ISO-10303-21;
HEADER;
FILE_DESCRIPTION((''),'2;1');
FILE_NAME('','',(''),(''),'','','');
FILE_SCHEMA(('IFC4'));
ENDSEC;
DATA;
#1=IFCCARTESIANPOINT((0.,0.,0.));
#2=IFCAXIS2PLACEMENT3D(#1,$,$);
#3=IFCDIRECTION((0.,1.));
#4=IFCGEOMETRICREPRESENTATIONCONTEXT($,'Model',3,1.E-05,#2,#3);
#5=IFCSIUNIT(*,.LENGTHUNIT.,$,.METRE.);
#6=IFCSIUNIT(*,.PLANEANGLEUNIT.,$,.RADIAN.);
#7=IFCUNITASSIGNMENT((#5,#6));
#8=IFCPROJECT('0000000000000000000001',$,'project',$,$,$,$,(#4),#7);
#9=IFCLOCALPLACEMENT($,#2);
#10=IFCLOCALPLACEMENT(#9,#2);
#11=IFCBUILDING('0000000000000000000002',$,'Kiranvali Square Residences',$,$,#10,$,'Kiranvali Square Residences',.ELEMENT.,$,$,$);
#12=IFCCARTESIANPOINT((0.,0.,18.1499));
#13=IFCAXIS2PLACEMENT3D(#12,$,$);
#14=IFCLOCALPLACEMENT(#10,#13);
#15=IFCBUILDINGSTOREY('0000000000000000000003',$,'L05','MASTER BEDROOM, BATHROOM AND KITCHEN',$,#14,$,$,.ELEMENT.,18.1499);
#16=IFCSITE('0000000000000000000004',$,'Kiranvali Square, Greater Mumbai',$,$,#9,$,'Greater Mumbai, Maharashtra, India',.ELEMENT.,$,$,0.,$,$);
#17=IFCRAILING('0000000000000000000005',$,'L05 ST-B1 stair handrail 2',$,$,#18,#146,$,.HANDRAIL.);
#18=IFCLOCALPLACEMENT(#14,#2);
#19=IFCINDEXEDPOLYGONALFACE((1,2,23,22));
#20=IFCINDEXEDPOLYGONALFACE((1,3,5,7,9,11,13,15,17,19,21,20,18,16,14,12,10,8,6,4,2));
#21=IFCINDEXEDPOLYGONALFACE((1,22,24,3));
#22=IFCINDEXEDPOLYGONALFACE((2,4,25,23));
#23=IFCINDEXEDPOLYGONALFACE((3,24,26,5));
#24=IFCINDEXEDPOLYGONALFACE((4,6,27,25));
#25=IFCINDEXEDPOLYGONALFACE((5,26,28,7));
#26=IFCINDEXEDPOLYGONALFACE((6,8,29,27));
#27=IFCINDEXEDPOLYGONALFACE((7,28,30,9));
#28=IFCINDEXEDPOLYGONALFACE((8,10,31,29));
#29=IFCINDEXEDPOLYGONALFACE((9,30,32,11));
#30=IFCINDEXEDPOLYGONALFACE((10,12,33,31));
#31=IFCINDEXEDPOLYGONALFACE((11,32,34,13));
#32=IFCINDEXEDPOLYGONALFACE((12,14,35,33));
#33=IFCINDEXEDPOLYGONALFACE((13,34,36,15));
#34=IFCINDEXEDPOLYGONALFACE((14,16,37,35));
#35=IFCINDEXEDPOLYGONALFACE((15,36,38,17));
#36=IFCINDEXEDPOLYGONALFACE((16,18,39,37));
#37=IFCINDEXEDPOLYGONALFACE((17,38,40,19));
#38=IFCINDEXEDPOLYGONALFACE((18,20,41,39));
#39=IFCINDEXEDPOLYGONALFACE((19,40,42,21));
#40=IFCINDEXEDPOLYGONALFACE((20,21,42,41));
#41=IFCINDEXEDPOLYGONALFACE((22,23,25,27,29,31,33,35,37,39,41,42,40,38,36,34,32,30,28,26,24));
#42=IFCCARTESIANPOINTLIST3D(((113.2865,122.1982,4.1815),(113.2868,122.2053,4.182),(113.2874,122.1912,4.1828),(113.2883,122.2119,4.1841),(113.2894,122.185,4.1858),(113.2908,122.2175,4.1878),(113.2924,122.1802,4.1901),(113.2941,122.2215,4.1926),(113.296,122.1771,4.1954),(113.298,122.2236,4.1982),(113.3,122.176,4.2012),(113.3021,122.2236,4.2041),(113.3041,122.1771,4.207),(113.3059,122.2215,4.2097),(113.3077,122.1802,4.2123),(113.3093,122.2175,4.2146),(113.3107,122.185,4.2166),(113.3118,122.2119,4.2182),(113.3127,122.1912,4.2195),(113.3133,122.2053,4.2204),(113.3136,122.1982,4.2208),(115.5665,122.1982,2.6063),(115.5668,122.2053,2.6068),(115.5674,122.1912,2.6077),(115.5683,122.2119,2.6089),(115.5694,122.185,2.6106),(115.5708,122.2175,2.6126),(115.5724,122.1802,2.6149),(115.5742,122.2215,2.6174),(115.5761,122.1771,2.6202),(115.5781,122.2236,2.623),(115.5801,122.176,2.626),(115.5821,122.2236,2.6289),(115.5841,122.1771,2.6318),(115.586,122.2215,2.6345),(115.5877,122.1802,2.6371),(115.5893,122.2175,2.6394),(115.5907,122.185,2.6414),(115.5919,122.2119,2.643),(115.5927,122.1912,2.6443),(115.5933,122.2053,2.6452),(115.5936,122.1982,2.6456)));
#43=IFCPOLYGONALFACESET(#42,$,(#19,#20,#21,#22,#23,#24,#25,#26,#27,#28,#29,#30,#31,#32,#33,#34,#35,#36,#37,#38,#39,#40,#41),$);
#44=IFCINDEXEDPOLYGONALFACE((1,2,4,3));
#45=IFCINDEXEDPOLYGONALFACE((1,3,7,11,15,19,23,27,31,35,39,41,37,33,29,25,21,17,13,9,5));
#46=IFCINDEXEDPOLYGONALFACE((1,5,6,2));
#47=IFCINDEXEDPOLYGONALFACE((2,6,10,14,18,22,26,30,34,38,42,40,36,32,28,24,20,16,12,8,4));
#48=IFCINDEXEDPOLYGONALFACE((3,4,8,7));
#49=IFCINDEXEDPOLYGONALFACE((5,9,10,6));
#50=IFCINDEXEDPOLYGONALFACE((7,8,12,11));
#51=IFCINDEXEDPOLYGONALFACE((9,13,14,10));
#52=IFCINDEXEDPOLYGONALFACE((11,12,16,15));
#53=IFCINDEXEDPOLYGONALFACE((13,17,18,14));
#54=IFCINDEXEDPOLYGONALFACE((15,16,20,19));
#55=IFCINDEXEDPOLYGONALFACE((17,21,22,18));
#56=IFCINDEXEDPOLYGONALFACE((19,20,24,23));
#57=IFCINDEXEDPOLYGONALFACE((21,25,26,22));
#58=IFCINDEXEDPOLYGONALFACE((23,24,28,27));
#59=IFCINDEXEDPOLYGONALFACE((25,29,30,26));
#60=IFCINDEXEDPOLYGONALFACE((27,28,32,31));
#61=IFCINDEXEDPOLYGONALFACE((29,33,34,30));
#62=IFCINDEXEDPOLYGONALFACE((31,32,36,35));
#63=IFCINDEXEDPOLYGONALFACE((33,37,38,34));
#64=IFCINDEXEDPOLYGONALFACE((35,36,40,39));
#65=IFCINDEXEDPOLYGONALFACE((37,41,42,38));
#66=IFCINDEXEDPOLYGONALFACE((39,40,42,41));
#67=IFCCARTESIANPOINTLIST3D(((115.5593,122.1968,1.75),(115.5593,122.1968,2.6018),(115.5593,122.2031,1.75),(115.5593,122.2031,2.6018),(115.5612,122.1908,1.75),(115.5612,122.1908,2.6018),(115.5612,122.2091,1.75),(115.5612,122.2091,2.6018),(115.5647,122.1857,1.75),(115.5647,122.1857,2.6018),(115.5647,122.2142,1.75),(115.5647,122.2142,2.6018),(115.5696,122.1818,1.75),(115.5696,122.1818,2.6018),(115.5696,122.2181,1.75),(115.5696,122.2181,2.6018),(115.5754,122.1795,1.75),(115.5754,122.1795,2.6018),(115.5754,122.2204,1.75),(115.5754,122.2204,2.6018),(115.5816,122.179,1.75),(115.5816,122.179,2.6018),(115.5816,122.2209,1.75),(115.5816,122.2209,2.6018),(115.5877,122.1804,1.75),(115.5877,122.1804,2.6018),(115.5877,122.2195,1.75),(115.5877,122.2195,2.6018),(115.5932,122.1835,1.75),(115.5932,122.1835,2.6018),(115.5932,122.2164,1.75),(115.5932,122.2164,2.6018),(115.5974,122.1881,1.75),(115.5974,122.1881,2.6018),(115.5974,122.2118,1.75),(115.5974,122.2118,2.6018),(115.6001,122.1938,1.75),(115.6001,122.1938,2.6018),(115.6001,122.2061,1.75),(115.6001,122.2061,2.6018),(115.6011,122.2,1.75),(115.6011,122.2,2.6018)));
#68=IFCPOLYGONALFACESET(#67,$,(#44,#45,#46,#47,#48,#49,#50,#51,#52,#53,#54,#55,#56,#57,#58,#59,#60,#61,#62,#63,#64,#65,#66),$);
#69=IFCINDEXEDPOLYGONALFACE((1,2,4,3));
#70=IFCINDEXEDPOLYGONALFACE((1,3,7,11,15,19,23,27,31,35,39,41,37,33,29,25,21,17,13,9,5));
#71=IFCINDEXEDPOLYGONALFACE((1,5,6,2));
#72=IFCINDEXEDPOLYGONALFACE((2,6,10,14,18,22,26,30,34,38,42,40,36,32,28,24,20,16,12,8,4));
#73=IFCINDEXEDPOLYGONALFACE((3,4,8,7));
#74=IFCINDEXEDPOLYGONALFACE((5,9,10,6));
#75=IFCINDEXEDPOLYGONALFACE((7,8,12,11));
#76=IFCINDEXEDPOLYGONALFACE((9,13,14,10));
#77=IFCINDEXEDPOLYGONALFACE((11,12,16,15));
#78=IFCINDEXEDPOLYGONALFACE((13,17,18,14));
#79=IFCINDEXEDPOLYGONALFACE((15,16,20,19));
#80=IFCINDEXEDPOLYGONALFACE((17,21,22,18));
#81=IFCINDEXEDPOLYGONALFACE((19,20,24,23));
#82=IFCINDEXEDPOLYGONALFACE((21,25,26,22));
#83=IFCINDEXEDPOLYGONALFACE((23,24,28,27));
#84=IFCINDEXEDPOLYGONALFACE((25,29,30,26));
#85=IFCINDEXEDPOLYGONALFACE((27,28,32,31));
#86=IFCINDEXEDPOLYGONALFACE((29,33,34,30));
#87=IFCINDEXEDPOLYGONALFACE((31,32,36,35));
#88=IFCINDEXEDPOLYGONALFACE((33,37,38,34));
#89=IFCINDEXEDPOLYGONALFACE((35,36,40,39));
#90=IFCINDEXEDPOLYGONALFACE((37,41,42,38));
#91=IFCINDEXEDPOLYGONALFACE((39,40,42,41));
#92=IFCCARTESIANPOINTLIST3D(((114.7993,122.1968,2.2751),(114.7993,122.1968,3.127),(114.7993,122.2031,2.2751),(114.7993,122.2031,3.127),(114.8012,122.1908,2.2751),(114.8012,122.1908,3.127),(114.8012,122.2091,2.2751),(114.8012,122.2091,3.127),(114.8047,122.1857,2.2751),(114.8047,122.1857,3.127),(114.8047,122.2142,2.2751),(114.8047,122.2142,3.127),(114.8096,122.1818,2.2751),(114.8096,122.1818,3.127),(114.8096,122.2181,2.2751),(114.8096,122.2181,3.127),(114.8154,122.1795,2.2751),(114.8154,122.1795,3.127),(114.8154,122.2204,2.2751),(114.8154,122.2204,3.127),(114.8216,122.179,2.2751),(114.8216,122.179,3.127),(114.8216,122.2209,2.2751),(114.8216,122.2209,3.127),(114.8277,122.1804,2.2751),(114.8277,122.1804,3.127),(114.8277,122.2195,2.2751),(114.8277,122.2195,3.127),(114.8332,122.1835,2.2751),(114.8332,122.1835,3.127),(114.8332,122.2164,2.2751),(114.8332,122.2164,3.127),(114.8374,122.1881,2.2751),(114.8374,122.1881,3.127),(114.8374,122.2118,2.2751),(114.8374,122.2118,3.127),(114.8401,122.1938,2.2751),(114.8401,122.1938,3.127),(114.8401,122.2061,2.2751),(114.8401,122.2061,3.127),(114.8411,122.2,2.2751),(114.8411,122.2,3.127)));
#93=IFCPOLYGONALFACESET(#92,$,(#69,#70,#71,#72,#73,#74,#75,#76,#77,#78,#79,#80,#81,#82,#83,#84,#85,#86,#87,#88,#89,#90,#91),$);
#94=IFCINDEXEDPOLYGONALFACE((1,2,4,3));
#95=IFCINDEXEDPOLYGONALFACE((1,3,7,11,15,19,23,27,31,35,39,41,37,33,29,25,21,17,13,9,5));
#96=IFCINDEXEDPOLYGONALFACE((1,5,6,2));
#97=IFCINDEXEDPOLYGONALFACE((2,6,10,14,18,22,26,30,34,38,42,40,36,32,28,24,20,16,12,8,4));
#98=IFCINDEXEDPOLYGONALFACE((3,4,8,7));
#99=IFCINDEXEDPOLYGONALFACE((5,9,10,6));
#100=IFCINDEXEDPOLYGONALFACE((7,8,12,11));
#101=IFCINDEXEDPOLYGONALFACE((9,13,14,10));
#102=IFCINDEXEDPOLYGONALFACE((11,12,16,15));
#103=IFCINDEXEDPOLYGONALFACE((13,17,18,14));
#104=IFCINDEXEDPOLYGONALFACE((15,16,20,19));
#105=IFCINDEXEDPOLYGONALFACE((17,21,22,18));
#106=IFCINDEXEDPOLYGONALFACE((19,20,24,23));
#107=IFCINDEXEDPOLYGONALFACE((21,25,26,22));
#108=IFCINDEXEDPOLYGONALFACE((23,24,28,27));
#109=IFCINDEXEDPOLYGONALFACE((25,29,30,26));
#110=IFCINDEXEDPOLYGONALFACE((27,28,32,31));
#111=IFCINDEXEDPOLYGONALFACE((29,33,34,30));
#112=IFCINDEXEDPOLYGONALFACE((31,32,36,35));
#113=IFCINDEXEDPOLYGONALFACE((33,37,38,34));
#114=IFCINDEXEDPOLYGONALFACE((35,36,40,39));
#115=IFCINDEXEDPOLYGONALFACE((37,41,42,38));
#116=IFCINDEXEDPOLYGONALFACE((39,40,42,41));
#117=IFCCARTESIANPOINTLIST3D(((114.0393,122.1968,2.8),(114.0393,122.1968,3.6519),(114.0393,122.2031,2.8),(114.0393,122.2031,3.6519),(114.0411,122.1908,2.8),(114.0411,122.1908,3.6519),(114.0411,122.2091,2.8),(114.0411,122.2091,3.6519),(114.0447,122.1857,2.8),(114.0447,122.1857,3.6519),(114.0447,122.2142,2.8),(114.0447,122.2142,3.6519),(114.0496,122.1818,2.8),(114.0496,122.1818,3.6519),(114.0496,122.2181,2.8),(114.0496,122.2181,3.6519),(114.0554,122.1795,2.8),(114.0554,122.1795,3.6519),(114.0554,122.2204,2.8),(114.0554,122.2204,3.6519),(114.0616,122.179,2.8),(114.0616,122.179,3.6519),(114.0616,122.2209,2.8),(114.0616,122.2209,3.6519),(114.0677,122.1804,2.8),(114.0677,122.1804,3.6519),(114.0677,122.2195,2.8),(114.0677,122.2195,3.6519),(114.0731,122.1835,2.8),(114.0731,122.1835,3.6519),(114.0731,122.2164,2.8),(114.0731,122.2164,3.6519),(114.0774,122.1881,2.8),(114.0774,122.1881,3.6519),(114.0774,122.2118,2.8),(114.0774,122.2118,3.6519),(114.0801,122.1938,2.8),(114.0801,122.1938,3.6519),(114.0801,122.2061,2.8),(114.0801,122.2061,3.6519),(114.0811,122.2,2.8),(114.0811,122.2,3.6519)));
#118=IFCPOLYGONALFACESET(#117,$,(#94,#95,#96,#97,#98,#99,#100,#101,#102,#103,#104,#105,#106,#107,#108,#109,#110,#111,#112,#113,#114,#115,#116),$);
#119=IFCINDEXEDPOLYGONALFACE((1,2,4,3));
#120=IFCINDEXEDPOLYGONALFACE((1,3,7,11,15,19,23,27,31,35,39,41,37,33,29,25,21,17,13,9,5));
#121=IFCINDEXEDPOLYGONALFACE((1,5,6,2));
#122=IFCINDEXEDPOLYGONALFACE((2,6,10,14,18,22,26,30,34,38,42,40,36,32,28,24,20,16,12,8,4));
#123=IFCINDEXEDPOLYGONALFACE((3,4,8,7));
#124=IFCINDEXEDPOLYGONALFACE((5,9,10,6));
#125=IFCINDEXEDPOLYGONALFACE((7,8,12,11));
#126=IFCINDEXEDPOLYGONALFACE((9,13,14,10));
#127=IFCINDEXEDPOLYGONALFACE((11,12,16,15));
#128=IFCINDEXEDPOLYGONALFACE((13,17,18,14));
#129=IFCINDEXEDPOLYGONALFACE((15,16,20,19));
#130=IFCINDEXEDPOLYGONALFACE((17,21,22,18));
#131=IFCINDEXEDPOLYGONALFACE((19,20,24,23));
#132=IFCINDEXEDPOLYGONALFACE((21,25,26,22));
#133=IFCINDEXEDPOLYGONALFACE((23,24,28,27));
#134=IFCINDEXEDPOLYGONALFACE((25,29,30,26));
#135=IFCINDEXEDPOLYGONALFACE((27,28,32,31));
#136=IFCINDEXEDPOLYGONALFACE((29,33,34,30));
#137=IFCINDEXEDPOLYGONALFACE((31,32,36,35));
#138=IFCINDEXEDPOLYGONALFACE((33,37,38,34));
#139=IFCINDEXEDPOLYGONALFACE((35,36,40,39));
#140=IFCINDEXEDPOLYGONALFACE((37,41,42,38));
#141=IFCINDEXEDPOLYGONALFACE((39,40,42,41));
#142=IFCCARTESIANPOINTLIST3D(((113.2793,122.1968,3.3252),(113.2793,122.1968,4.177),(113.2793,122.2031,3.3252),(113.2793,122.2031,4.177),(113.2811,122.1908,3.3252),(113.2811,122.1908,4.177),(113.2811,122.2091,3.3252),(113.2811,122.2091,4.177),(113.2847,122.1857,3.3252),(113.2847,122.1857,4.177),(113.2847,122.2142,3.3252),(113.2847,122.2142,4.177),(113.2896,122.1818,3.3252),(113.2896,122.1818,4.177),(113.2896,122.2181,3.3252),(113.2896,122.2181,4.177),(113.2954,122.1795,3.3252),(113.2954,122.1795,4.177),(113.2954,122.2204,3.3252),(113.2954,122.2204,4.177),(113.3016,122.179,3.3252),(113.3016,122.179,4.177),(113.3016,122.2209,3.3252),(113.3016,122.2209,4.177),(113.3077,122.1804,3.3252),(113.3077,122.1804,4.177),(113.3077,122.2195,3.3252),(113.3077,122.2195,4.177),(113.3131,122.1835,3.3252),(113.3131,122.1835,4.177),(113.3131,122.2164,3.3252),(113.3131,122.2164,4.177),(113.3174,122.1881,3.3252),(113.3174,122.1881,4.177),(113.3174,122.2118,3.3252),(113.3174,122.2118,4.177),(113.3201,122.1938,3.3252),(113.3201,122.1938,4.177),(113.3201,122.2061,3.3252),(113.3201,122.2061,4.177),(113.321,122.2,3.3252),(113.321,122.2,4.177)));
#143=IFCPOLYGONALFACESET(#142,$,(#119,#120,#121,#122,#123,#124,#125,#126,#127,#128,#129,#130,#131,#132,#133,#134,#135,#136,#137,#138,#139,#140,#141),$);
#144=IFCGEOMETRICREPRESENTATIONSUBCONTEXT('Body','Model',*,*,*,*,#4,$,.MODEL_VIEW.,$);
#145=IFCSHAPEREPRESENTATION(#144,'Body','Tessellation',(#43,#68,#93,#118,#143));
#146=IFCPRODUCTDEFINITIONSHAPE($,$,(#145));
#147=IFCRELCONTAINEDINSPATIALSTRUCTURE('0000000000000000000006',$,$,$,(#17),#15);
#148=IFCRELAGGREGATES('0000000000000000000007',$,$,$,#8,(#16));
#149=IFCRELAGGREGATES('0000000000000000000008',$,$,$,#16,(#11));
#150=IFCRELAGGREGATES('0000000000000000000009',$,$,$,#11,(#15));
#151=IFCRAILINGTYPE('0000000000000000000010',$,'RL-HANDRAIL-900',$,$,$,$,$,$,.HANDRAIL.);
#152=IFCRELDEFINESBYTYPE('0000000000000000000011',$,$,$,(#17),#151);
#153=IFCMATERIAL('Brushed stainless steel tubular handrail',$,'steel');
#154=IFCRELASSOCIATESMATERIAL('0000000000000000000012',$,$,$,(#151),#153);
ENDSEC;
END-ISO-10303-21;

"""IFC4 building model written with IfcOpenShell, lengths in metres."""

from ifc_helpers import new_model, si_unit, direction, frame, origin, origin_2d, place, context, subcontext, project, spatial, circle, extrude, material, type_object, element, save


model = new_model("IFC4")

# Units and contexts
model_context = context("Model", 3, precision=1e-05, world=origin(), true_north=direction((0.0, 1.0)))
body_context = subcontext(model_context, "Body", "Model", "MODEL_VIEW")
ifc_project = project(units=[si_unit("LENGTHUNIT", "METRE"), si_unit("PLANEANGLEUNIT", "RADIAN")], contexts=[model_context])

# Site, building, storey
site_placement = place(None, origin())
site = spatial("IfcSite", under=ifc_project, at=site_placement, Name="Kiranvali Square, Greater Mumbai", LongName="Greater Mumbai, Maharashtra, India", CompositionType="ELEMENT", RefElevation=0.0)
building_placement = place(site_placement, origin())
building = spatial("IfcBuilding", under=site, at=building_placement, Name="Kiranvali Square Residences", LongName="Kiranvali Square Residences", CompositionType="ELEMENT")
storey_placement = place(building_placement, frame((0.0, 0.0, 18.1499)))
storey = spatial("IfcBuildingStorey", under=building, at=storey_placement, Name="L05", Description="MASTER BEDROOM, BATHROOM AND KITCHEN", CompositionType="ELEMENT", Elevation=18.1499)

# Railing
ifc_material_1 = material(Name="Brushed stainless steel tubular handrail", Category="steel")
railing_type_1 = type_object("IfcRailingType", Name="RL-HANDRAIL-900", PredefinedType="HANDRAIL", material=ifc_material_1)
railing_1_placement = place(storey_placement, frame((115.5801, 122.2, 1.75)))
element("IfcRailing", 1, at=railing_1_placement, inside=storey, type_object=railing_type_1, Name="L05 ST-B1 stair handrail 2", PredefinedType="HANDRAIL", context=body_context, shape_type="SweptSolid", body=[
    extrude(circle(Radius=0.0239, at=origin_2d()), frame((0.0, 0.0, 0.876), z_axis=(-0.822747, 0.0, 0.568408), x_axis=(0.0, -1.0, 0.0)), (0.0, 0.0, 1.0), 2.7712),
    extrude(circle(Radius=0.021, at=origin_2d()), origin(), (0.0, 0.0, 1.0), 0.8518),
    extrude(circle(Radius=0.021, at=origin_2d()), frame((-0.76, 0.0, 0.5251)), (0.0, 0.0, 1.0), 0.8518),
    extrude(circle(Radius=0.021, at=origin_2d()), frame((-1.52, 0.0, 1.05)), (0.0, 0.0, 1.0), 0.8518),
    extrude(circle(Radius=0.021, at=origin_2d()), frame((-2.28, 0.0, 1.5752)), (0.0, 0.0, 1.0), 0.8518),
])

save(model, "model.ifc")
